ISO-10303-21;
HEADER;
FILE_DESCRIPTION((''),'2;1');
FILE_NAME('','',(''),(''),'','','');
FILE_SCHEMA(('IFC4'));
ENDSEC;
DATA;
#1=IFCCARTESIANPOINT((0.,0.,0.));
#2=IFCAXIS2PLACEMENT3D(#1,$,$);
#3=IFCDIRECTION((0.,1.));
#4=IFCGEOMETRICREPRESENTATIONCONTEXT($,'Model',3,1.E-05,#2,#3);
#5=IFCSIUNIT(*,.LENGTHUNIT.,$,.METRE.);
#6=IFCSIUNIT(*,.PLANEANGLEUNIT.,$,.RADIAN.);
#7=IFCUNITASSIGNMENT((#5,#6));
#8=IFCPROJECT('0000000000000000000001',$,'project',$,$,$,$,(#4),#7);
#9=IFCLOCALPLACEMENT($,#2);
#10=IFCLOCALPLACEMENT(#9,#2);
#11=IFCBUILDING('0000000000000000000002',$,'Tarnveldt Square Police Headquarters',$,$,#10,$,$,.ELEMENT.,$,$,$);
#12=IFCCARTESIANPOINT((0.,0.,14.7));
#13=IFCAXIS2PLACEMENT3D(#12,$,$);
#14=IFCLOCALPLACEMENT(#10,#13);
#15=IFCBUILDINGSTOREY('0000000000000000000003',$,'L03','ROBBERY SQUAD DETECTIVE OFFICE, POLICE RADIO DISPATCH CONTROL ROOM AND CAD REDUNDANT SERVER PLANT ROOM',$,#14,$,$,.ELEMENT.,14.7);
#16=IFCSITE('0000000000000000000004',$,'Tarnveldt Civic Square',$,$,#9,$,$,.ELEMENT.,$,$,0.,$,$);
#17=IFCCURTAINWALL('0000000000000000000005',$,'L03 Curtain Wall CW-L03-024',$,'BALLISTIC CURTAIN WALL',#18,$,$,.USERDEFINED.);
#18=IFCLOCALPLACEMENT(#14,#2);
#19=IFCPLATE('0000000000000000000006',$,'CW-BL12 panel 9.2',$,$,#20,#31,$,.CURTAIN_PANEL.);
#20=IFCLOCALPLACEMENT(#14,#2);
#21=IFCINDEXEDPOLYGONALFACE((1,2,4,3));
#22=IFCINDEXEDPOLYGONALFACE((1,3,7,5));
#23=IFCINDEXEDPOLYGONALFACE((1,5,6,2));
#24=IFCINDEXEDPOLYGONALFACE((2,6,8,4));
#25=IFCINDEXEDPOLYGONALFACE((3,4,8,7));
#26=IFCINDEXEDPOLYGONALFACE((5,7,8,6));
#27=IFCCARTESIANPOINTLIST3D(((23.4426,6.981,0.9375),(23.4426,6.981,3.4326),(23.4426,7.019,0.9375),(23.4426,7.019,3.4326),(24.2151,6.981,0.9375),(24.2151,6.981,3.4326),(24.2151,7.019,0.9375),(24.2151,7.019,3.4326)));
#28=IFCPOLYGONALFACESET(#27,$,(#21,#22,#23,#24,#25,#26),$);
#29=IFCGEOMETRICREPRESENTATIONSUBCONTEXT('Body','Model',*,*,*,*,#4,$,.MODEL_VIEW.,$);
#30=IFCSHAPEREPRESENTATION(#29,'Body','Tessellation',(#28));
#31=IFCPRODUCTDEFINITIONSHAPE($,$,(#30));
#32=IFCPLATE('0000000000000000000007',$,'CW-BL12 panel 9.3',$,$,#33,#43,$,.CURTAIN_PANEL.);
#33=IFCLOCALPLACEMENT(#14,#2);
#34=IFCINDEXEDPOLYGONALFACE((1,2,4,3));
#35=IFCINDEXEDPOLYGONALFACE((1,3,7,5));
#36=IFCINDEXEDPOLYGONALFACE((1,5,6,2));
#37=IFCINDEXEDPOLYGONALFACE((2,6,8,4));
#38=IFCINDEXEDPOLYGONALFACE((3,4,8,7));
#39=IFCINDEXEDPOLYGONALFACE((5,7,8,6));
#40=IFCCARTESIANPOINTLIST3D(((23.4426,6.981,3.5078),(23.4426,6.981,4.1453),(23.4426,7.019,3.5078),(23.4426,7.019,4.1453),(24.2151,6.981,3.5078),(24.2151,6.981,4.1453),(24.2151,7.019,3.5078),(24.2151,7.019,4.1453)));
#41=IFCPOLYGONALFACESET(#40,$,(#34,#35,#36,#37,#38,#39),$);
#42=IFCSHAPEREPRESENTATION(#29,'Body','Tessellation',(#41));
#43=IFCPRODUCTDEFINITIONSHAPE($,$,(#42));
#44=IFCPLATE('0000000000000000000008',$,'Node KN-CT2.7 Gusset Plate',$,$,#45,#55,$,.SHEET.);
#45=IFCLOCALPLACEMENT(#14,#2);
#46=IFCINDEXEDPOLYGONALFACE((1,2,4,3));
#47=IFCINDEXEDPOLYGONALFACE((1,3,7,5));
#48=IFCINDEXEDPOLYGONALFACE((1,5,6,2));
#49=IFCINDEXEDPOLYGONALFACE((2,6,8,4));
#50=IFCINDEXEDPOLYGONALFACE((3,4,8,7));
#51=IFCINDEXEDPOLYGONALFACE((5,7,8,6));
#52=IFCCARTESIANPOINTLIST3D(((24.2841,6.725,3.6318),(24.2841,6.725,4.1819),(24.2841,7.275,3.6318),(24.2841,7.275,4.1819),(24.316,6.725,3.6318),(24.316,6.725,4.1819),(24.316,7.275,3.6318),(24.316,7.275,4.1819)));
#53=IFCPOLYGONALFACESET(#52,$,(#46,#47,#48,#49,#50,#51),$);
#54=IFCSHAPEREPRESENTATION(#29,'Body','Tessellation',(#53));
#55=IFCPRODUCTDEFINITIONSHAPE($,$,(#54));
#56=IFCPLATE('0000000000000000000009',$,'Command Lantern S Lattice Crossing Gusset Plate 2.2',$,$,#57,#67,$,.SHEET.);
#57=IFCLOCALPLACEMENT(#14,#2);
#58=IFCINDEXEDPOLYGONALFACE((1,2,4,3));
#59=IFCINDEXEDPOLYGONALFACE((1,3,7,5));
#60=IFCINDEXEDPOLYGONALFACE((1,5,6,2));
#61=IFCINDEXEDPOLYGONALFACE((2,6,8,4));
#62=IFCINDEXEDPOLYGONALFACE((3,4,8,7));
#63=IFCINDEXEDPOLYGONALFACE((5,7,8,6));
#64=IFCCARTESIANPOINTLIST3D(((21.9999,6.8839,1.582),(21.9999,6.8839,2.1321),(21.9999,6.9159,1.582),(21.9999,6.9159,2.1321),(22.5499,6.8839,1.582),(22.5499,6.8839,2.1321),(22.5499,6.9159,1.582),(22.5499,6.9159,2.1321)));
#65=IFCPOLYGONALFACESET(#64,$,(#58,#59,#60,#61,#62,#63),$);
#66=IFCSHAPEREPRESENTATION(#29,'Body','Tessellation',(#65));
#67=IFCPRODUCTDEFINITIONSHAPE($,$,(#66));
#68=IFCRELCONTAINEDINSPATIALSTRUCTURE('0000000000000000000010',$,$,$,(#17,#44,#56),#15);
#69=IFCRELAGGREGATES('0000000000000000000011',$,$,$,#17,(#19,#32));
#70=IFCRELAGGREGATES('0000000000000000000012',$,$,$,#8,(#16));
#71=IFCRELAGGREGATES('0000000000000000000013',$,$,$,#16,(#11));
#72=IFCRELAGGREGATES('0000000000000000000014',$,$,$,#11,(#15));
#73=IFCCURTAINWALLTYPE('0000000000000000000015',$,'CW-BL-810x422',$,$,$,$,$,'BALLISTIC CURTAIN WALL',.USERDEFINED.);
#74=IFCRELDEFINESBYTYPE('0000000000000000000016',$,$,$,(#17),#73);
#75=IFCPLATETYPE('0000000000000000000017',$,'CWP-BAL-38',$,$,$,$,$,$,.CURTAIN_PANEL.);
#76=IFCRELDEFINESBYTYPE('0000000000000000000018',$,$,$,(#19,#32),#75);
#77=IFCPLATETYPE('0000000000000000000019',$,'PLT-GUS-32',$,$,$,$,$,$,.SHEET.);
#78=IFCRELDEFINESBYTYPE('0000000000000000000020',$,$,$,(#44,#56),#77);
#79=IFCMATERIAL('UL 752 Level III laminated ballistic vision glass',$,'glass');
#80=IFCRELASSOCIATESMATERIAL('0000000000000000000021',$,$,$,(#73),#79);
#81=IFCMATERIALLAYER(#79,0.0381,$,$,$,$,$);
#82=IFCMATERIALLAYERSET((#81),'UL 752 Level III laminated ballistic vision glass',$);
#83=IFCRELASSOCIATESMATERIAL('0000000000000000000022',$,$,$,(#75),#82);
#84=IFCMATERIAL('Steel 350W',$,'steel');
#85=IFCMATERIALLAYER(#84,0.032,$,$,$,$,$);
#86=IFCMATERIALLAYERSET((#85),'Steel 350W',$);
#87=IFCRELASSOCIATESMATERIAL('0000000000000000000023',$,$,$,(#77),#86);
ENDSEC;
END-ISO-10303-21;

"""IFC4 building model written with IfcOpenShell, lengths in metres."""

from ifc_helpers import new_model, si_unit, direction, frame, origin, origin_2d, place, context, subcontext, project, spatial, rectangle, extrude, material, layer, layer_set, type_object, element, aggregate, save


model = new_model("IFC4")

# Units and contexts
model_context = context("Model", 3, precision=1e-05, world=origin(), true_north=direction((0.0, 1.0)))
body_context = subcontext(model_context, "Body", "Model", "MODEL_VIEW")
ifc_project = project(units=[si_unit("LENGTHUNIT", "METRE"), si_unit("PLANEANGLEUNIT", "RADIAN")], contexts=[model_context])

# Site, building, storey
site_placement = place(None, origin())
site = spatial("IfcSite", under=ifc_project, at=site_placement, Name="Tarnveldt Civic Square", CompositionType="ELEMENT", RefElevation=0.0)
building_placement = place(site_placement, origin())
building = spatial("IfcBuilding", under=site, at=building_placement, Name="Tarnveldt Square Police Headquarters", CompositionType="ELEMENT")
storey_placement = place(building_placement, frame((0.0, 0.0, 14.7)))
storey = spatial("IfcBuildingStorey", under=building, at=storey_placement, Name="L03", Description="ROBBERY SQUAD DETECTIVE OFFICE, POLICE RADIO DISPATCH CONTROL ROOM AND CAD REDUNDANT SERVER PLANT ROOM", CompositionType="ELEMENT", Elevation=14.7)

# Curtain wall
ifc_material_1 = material(Name="UL 752 Level III laminated ballistic vision glass", Category="glass")
curtain_wall_type = type_object("IfcCurtainWallType", Name="CW-BL-810x422", ElementType="BALLISTIC CURTAIN WALL", PredefinedType="USERDEFINED", material=ifc_material_1)
curtain_wall_placement = place(storey_placement, origin())
curtain_wall = element("IfcCurtainWall", 1, at=curtain_wall_placement, inside=storey, type_object=curtain_wall_type, Name="L03 Curtain Wall CW-L03-024", ObjectType="BALLISTIC CURTAIN WALL", PredefinedType="USERDEFINED")

# Shared definitions
ifc_material_2 = material(Name="Steel 350W", Category="steel")

# Plates
ifc_layer_1 = layer(ifc_material_1, 0.0381)
ifc_layer_set_1 = layer_set([ifc_layer_1], Name="UL 752 Level III laminated ballistic vision glass")
plate_type_1 = type_object("IfcPlateType", Name="CWP-BAL-38", PredefinedType="CURTAIN_PANEL", material=ifc_layer_set_1)
plate_1_placement = place(storey_placement, frame((23.8289, 7.0, 0.9375), z_axis=(0.0, 0.0, 1.0), x_axis=(1.0, 0.0, 0.0)))
plate_1 = element("IfcPlate", 2, at=plate_1_placement, type_object=plate_type_1, Name="CW-BL12 panel 9.2", PredefinedType="CURTAIN_PANEL", context=body_context, shape_type="SweptSolid", body=[
    extrude(rectangle(XDim=0.7725, YDim=0.0381, at=origin_2d()), origin(), (0.0, 0.0, 1.0), 2.4951),
])
plate_2_placement = place(storey_placement, frame((23.8289, 7.0, 3.5078), z_axis=(0.0, 0.0, 1.0), x_axis=(1.0, 0.0, 0.0)))
plate_2 = element("IfcPlate", 3, at=plate_2_placement, type_object=plate_type_1, Name="CW-BL12 panel 9.3", PredefinedType="CURTAIN_PANEL", context=body_context, shape_type="SweptSolid", body=[
    extrude(rectangle(XDim=0.7725, YDim=0.0381, at=origin_2d()), origin(), (0.0, 0.0, 1.0), 0.6375),
])
aggregate(curtain_wall, [plate_1, plate_2])

# Plates
ifc_layer_2 = layer(ifc_material_2, 0.032)
ifc_layer_set_2 = layer_set([ifc_layer_2], Name="Steel 350W")
plate_type_2 = type_object("IfcPlateType", Name="PLT-GUS-32", PredefinedType="SHEET", material=ifc_layer_set_2)
plate_3_placement = place(storey_placement, frame((24.3, 7.0, 3.6318), z_axis=(0.0, 0.0, 1.0), x_axis=(1.0, 0.0, 0.0)))
element("IfcPlate", 4, at=plate_3_placement, inside=storey, type_object=plate_type_2, Name="Node KN-CT2.7 Gusset Plate", PredefinedType="SHEET", context=body_context, shape_type="SweptSolid", body=[
    extrude(rectangle(XDim=0.032, YDim=0.55, at=origin_2d()), origin(), (0.0, 0.0, 1.0), 0.55),
])
plate_4_placement = place(storey_placement, frame((22.2749, 6.8999, 1.582), z_axis=(0.0, 0.0, 1.0), x_axis=(1.0, 0.0, 0.0)))
element("IfcPlate", 5, at=plate_4_placement, inside=storey, type_object=plate_type_2, Name="Command Lantern S Lattice Crossing Gusset Plate 2.2", PredefinedType="SHEET", context=body_context, shape_type="SweptSolid", body=[
    extrude(rectangle(XDim=0.55, YDim=0.032, at=origin_2d()), origin(), (0.0, 0.0, 1.0), 0.55),
])

save(model, "model.ifc")
